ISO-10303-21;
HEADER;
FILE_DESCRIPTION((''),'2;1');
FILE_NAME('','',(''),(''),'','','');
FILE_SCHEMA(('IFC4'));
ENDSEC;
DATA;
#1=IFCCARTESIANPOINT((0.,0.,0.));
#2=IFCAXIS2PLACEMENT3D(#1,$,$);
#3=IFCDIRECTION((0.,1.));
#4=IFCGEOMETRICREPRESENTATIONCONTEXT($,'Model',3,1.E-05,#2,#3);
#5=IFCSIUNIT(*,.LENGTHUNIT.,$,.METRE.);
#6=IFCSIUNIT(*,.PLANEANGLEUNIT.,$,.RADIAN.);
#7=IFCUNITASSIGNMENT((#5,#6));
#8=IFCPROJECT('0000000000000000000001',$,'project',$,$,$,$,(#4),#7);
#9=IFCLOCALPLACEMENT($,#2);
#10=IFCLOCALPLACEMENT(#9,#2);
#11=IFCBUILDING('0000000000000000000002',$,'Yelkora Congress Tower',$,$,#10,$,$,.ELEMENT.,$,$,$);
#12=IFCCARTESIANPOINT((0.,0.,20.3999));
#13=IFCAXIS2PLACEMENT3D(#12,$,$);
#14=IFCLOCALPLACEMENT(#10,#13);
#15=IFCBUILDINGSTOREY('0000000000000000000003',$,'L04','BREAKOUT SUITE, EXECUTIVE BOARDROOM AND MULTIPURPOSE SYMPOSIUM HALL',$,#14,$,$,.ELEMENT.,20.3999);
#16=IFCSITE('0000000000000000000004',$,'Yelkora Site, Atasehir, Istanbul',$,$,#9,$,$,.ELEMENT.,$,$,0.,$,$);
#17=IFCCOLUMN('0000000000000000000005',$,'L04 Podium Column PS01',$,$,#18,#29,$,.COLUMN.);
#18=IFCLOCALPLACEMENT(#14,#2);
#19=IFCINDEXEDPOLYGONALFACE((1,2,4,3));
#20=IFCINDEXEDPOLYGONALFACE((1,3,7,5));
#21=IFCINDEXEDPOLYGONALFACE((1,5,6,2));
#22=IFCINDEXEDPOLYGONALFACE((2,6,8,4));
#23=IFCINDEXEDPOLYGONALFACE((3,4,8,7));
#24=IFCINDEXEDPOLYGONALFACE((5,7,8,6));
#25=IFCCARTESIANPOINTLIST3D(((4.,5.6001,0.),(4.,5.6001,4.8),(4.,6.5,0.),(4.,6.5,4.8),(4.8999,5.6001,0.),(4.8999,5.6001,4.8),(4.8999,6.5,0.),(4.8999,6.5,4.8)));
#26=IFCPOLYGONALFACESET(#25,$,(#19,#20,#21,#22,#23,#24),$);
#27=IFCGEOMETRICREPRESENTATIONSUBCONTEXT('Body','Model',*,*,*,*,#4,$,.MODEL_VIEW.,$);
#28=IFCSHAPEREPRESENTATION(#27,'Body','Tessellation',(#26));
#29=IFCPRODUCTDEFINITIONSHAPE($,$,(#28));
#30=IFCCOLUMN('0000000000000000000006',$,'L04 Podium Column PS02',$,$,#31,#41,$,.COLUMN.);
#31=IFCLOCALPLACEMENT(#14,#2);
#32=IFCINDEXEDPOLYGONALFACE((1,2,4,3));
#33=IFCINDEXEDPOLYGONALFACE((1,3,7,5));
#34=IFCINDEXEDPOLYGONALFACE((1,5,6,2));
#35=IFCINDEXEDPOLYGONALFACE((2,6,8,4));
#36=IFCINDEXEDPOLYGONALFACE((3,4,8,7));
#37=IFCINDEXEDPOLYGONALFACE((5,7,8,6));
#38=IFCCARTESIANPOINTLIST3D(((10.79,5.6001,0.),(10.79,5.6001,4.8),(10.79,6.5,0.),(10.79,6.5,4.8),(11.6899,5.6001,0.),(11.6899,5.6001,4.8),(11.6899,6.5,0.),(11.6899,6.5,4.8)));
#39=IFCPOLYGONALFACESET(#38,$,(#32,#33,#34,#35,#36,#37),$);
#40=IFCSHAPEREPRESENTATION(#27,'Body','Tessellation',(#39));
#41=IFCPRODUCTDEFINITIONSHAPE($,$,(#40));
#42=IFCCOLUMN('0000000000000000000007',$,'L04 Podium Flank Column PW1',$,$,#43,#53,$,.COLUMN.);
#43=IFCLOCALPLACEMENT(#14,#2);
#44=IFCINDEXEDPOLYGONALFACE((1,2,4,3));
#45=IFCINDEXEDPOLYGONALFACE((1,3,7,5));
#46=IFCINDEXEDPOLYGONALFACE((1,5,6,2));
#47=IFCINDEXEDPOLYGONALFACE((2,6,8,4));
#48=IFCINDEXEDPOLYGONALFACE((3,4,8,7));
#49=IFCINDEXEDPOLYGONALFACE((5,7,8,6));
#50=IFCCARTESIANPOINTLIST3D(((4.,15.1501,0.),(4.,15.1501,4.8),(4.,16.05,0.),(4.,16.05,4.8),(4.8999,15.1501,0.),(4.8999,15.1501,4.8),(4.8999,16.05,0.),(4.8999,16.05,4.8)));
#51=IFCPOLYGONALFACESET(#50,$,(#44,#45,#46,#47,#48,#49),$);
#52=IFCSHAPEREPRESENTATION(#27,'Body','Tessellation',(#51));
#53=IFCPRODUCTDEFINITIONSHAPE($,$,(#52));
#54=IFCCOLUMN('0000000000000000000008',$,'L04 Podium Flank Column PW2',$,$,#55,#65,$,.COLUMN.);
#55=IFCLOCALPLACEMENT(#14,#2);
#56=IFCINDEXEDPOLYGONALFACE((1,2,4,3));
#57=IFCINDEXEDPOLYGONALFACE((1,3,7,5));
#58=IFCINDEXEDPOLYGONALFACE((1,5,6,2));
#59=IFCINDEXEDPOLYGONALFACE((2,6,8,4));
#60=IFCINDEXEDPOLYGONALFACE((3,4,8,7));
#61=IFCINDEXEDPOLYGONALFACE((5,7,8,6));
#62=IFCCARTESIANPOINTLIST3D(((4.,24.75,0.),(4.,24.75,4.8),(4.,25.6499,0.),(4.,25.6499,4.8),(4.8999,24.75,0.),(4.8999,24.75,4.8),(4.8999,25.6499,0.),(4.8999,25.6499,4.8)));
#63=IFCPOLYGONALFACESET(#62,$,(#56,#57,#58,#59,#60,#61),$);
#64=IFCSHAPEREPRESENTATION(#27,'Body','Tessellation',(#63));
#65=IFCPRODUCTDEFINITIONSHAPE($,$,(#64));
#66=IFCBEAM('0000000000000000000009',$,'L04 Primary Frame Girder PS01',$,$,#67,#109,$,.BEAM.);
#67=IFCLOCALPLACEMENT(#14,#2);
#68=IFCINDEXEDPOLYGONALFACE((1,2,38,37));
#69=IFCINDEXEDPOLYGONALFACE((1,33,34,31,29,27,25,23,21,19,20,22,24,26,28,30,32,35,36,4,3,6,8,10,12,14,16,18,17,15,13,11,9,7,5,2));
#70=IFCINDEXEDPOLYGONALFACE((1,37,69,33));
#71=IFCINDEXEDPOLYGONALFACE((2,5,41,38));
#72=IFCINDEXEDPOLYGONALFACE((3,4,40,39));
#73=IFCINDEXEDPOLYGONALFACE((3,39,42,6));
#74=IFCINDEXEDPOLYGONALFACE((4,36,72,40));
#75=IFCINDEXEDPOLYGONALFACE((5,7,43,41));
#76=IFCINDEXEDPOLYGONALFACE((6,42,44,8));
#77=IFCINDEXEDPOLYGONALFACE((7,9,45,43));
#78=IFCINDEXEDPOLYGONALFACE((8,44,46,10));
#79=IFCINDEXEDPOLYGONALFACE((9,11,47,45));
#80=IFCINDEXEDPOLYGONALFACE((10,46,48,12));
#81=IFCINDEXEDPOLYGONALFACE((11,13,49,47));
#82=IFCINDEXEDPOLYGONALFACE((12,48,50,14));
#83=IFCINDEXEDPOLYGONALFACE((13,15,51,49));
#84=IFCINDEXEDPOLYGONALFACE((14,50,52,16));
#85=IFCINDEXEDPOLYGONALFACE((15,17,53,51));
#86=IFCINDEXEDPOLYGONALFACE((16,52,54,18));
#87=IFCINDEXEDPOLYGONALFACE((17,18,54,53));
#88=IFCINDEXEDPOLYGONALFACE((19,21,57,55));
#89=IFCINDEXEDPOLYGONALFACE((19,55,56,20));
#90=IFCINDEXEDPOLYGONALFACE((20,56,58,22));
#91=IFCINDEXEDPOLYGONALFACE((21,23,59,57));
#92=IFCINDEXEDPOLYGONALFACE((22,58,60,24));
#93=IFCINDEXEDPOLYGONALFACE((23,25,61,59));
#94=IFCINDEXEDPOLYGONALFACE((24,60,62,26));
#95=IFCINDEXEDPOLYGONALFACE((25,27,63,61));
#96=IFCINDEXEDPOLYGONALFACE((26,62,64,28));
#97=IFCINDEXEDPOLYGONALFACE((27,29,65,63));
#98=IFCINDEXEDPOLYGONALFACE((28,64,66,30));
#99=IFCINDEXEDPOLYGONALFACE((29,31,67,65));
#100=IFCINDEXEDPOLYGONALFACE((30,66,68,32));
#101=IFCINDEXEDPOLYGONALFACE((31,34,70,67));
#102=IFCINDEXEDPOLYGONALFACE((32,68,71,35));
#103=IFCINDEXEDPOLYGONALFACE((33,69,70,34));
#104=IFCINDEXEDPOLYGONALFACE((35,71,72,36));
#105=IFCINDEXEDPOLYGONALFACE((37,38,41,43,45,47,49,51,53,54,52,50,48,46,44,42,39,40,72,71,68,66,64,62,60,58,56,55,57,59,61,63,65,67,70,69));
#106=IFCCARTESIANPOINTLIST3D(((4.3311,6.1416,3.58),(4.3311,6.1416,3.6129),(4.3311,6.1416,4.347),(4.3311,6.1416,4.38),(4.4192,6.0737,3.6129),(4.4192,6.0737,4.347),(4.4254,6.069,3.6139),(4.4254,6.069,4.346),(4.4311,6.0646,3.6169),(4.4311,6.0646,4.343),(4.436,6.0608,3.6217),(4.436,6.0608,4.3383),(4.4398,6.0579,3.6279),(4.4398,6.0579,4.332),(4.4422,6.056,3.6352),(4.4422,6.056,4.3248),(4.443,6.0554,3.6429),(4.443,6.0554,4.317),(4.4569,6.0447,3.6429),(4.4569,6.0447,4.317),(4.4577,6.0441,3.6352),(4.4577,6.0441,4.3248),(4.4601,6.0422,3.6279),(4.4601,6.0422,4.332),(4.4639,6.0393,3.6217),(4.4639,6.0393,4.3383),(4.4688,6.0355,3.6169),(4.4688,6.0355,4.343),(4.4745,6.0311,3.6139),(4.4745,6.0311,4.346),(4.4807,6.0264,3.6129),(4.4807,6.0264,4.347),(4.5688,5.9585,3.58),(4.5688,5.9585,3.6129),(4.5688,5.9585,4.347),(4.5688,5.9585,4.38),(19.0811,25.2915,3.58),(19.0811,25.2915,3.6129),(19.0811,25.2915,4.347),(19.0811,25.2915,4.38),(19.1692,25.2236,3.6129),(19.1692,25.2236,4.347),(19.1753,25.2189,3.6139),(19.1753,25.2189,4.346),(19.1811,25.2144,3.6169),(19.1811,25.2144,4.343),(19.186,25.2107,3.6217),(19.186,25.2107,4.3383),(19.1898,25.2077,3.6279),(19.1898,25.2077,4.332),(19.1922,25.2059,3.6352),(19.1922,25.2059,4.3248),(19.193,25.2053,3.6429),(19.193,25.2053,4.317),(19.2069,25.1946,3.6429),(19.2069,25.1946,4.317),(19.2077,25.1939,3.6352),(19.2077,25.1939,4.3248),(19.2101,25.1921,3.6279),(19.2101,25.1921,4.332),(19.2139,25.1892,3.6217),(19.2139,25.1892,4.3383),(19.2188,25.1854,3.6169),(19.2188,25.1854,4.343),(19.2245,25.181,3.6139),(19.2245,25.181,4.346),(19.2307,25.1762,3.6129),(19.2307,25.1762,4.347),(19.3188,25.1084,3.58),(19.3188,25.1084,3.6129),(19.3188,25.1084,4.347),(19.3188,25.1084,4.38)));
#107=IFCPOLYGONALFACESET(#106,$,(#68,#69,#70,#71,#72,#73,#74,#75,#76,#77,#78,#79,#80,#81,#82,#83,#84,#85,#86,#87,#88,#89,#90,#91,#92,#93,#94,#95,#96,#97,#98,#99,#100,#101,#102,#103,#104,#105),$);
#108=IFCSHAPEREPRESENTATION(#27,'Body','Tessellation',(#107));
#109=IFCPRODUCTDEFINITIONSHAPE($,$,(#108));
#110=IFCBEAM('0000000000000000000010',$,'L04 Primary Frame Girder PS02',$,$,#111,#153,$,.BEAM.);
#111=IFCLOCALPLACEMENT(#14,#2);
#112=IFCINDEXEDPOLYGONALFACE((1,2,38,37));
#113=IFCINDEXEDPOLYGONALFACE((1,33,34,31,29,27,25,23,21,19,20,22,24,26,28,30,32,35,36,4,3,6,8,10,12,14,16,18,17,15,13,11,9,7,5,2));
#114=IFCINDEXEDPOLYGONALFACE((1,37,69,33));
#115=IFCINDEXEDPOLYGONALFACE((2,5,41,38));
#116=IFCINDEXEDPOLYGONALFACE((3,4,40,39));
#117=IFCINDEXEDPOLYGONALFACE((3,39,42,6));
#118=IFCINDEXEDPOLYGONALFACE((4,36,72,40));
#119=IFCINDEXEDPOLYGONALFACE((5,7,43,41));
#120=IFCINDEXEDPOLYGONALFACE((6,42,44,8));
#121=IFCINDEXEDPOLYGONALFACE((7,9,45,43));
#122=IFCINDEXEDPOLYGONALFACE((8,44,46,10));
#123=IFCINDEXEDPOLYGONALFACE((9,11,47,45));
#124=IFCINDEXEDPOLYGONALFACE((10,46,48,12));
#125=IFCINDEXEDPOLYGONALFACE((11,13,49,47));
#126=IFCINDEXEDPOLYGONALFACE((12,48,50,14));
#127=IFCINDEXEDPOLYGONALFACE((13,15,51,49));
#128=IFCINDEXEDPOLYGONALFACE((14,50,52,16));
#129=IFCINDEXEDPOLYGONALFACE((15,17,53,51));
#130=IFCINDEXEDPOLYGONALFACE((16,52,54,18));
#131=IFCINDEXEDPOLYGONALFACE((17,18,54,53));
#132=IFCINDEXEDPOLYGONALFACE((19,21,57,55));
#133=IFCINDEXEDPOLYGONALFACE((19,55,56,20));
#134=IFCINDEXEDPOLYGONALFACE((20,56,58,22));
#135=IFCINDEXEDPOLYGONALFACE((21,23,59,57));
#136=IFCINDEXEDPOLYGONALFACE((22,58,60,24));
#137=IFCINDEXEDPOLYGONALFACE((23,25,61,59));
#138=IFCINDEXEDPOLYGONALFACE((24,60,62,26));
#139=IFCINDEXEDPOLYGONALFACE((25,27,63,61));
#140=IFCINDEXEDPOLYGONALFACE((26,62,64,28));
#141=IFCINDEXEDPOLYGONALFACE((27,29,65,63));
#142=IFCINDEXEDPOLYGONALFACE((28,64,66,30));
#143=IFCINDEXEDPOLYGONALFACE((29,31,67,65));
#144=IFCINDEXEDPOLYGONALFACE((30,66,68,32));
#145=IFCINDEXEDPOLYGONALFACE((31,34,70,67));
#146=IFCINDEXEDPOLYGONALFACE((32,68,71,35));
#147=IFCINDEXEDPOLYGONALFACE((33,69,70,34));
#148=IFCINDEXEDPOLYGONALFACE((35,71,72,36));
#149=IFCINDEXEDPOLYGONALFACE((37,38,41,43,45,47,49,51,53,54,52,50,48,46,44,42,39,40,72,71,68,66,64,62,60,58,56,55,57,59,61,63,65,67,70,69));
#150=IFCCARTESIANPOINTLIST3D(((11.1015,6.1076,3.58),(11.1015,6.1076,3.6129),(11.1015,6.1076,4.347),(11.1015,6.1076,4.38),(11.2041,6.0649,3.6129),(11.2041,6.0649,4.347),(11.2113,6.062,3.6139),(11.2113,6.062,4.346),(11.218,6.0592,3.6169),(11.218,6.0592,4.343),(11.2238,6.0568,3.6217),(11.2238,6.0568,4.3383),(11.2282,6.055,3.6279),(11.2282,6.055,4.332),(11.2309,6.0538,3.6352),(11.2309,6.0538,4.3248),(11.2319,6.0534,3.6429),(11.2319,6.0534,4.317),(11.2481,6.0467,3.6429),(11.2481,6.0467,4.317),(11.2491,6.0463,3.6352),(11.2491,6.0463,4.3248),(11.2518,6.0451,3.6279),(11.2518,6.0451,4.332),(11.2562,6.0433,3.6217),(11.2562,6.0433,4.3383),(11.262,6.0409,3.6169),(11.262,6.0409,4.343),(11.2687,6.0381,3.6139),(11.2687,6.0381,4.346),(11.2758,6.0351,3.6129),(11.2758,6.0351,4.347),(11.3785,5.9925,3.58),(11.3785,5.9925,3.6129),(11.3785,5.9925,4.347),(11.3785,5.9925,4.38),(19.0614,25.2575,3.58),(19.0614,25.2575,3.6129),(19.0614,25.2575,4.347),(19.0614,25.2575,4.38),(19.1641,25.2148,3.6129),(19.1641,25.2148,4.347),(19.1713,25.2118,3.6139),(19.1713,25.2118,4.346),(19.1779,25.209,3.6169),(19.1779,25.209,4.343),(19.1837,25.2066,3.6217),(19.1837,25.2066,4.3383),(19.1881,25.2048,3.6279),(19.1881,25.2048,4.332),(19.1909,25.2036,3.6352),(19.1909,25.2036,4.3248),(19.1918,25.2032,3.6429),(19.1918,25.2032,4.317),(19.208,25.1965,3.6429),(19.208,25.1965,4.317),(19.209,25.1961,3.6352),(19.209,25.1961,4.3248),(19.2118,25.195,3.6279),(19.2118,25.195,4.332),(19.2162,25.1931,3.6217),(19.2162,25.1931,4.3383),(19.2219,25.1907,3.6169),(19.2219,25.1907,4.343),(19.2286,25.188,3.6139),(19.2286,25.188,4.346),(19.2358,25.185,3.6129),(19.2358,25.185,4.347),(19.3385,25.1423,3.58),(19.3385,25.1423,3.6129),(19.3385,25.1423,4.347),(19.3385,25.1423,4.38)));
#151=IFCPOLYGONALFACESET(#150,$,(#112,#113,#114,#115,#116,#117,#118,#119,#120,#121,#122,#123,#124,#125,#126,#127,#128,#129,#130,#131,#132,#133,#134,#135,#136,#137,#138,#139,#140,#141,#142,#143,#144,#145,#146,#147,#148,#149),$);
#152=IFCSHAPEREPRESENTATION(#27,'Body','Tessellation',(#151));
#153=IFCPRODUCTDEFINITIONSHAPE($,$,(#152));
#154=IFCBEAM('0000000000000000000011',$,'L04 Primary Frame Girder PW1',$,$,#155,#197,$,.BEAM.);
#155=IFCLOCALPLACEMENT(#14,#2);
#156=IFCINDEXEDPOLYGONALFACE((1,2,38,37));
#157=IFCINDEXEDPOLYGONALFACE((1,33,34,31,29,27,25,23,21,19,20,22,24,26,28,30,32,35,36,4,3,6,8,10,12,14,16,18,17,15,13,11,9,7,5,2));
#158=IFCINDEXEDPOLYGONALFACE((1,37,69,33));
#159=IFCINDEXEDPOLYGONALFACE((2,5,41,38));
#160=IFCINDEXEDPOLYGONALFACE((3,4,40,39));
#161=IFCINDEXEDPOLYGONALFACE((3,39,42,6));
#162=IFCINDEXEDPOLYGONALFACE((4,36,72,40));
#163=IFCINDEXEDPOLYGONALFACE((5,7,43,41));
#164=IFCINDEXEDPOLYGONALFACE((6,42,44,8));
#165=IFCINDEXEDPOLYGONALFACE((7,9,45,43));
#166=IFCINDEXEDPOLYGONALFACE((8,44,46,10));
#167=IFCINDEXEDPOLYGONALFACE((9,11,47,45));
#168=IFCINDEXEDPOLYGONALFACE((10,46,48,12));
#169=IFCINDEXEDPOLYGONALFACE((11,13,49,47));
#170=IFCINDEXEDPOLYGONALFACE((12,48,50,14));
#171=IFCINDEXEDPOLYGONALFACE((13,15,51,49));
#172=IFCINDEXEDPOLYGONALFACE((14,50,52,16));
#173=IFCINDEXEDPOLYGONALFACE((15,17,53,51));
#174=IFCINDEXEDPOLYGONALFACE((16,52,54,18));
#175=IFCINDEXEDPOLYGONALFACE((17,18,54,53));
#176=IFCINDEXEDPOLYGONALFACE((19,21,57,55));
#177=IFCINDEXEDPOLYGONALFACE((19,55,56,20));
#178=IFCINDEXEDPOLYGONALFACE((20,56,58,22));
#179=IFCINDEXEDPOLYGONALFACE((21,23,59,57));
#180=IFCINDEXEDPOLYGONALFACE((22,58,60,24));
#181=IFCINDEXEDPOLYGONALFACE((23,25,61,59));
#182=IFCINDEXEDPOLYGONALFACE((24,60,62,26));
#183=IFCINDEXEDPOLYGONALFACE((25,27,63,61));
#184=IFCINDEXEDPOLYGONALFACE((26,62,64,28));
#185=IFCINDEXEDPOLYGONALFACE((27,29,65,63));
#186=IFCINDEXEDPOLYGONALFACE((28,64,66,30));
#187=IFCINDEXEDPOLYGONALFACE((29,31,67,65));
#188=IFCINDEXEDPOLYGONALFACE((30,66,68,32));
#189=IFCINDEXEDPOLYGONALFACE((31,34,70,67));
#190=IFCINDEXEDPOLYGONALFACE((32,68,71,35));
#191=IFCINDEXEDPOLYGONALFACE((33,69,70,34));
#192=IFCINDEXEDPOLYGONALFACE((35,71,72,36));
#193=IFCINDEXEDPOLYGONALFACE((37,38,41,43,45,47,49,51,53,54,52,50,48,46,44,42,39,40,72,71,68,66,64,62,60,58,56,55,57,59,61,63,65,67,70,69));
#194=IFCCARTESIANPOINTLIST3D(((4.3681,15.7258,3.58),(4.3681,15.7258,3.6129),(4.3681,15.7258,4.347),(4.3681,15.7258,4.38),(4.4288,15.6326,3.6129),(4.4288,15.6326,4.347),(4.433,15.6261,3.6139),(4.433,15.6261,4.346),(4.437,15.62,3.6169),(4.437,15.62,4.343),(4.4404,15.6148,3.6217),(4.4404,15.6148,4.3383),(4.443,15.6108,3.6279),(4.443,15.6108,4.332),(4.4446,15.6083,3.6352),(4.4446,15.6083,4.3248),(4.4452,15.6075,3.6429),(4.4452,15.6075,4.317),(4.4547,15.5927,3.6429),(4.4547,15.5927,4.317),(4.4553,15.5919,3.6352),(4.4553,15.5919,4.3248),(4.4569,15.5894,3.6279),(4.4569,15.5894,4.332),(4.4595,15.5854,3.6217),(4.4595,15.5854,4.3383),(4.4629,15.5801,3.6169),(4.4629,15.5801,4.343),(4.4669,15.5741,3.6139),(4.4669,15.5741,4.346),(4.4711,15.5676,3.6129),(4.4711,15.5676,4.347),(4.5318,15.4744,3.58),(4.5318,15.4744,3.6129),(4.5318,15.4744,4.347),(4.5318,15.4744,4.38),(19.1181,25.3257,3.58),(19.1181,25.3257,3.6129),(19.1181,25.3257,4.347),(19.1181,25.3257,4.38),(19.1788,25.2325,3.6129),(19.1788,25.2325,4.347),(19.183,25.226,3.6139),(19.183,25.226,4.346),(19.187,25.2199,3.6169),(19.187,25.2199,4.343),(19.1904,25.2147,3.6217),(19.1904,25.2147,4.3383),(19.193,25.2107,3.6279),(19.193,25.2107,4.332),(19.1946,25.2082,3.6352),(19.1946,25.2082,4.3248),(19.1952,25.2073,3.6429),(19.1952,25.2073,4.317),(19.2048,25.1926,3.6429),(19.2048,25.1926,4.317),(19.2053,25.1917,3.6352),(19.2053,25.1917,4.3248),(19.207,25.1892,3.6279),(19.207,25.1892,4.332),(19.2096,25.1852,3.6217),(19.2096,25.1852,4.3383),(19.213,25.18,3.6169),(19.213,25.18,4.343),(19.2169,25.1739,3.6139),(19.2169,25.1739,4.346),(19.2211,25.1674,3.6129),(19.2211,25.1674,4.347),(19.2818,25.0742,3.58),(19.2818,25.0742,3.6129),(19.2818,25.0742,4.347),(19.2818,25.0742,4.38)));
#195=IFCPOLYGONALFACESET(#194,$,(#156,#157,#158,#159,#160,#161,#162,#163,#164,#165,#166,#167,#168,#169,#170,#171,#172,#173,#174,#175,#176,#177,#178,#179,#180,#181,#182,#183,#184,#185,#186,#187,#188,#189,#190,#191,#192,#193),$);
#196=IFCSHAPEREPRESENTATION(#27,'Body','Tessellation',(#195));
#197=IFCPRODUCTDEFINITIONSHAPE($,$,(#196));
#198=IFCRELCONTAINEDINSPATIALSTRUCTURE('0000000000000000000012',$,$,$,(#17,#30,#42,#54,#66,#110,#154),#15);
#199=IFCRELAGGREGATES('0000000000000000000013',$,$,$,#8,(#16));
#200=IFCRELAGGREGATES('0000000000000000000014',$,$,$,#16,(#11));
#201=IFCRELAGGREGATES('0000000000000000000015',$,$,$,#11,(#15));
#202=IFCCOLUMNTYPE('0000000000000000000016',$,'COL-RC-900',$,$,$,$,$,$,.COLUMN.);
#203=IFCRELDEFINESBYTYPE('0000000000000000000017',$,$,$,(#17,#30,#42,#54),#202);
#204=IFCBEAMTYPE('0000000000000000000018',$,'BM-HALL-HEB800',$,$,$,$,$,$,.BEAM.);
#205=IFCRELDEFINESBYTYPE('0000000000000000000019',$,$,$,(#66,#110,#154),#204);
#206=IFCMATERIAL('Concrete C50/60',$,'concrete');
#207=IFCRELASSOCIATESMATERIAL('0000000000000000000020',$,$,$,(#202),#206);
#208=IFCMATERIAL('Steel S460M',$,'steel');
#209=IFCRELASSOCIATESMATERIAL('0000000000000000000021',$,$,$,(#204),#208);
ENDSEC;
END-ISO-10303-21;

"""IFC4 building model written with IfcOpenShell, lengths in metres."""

from ifc_helpers import new_model, si_unit, direction, frame, origin, origin_2d, place, context, subcontext, project, spatial, rectangle, i_section, extrude, material, material_profile, profile_set, type_object, element, save


model = new_model("IFC4")

# Units and contexts
model_context = context("Model", 3, precision=1e-05, world=origin(), true_north=direction((0.0, 1.0)))
body_context = subcontext(model_context, "Body", "Model", "MODEL_VIEW")
ifc_project = project(units=[si_unit("LENGTHUNIT", "METRE"), si_unit("PLANEANGLEUNIT", "RADIAN")], contexts=[model_context])

# Site, building, storey
site_placement = place(None, origin())
site = spatial("IfcSite", under=ifc_project, at=site_placement, Name="Yelkora Site, Atasehir, Istanbul", CompositionType="ELEMENT", RefElevation=0.0)
building_placement = place(site_placement, origin())
building = spatial("IfcBuilding", under=site, at=building_placement, Name="Yelkora Congress Tower", CompositionType="ELEMENT")
storey_placement = place(building_placement, frame((0.0, 0.0, 20.3999)))
storey = spatial("IfcBuildingStorey", under=building, at=storey_placement, Name="L04", Description="BREAKOUT SUITE, EXECUTIVE BOARDROOM AND MULTIPURPOSE SYMPOSIUM HALL", CompositionType="ELEMENT", Elevation=20.3999)

# Columns
ifc_material_1 = material(Name="Concrete C50/60", Category="concrete")
ifc_material_profile_1 = material_profile(ifc_material_1, rectangle(XDim=0.8999, YDim=0.8999, at=origin_2d()), Name="RC 900x900")
ifc_profile_set_1 = profile_set([ifc_material_profile_1], Name="Concrete C50/60")
column_type = type_object("IfcColumnType", Name="COL-RC-900", PredefinedType="COLUMN", material=ifc_profile_set_1)
for number, where, z_axis, x_axis, name in (
    (1, (4.45, 6.05, 0.0), (0.0, 0.0, 1.0), (1.0, 0.0, 0.0), "L04 Podium Column PS01"),
    (2, (11.24, 6.05, 0.0), (0.0, 0.0, 1.0), (1.0, 0.0, 0.0), "L04 Podium Column PS02"),
    (3, (4.45, 15.6001, 0.0), (0.0, 0.0, 1.0), (1.0, 0.0, 0.0), "L04 Podium Flank Column PW1"),
    (4, (4.45, 25.2, 0.0), (0.0, 0.0, 1.0), (1.0, 0.0, 0.0), "L04 Podium Flank Column PW2"),
):
    element("IfcColumn", number, at=place(storey_placement, frame(where, z_axis=z_axis, x_axis=x_axis)), inside=storey, type_object=column_type, Name=name, PredefinedType="COLUMN", context=body_context, shape_type="SweptSolid", body=[
        extrude(rectangle(XDim=0.8999, YDim=0.8999, at=origin_2d()), origin(), (0.0, 0.0, 1.0), 4.8),
    ])

# Beams
ifc_material_2 = material(Name="Steel S460M", Category="steel")
ifc_material_profile_2 = material_profile(ifc_material_2, i_section(OverallWidth=0.3, OverallDepth=0.8, WebThickness=0.0176, FlangeThickness=0.033, FilletRadius=0.03, at=origin_2d()), Name="HEB 800")
ifc_profile_set_2 = profile_set([ifc_material_profile_2], Name="Steel S460M")
beam_type_1 = type_object("IfcBeamType", Name="BM-HALL-HEB800", PredefinedType="BEAM", material=ifc_profile_set_2)
beam_1_placement = place(storey_placement, frame((4.45, 6.05, 3.98), z_axis=(0.610212, 0.792238, 0.0), x_axis=(-0.792238, 0.610212, 0.0)))
element("IfcBeam", 5, at=beam_1_placement, inside=storey, type_object=beam_type_1, Name="L04 Primary Frame Girder PS01", PredefinedType="BEAM", context=body_context, shape_type="SweptSolid", body=[
    extrude(i_section(OverallWidth=0.3, OverallDepth=0.8, WebThickness=0.0176, FlangeThickness=0.033, FilletRadius=0.03, at=origin_2d()), origin(), (0.0, 0.0, 1.0), 24.1719),
])
beam_2_placement = place(storey_placement, frame((11.24, 6.05, 3.98), z_axis=(0.383828, 0.923405, 0.0), x_axis=(-0.923405, 0.383828, 0.0)))
element("IfcBeam", 6, at=beam_2_placement, inside=storey, type_object=beam_type_1, Name="L04 Primary Frame Girder PS02", PredefinedType="BEAM", context=body_context, shape_type="SweptSolid", body=[
    extrude(i_section(OverallWidth=0.3, OverallDepth=0.8, WebThickness=0.0176, FlangeThickness=0.033, FilletRadius=0.03, at=origin_2d()), origin(), (0.0, 0.0, 1.0), 20.7383),
])
beam_3_placement = place(storey_placement, frame((4.45, 15.6001, 3.98), z_axis=(0.838123, 0.545482, 0.0), x_axis=(-0.545482, 0.838123, 0.0)))
element("IfcBeam", 7, at=beam_3_placement, inside=storey, type_object=beam_type_1, Name="L04 Primary Frame Girder PW1", PredefinedType="BEAM", context=body_context, shape_type="SweptSolid", body=[
    extrude(i_section(OverallWidth=0.3, OverallDepth=0.8, WebThickness=0.0176, FlangeThickness=0.033, FilletRadius=0.03, at=origin_2d()), origin(), (0.0, 0.0, 1.0), 17.5989),
])

save(model, "model.ifc")
